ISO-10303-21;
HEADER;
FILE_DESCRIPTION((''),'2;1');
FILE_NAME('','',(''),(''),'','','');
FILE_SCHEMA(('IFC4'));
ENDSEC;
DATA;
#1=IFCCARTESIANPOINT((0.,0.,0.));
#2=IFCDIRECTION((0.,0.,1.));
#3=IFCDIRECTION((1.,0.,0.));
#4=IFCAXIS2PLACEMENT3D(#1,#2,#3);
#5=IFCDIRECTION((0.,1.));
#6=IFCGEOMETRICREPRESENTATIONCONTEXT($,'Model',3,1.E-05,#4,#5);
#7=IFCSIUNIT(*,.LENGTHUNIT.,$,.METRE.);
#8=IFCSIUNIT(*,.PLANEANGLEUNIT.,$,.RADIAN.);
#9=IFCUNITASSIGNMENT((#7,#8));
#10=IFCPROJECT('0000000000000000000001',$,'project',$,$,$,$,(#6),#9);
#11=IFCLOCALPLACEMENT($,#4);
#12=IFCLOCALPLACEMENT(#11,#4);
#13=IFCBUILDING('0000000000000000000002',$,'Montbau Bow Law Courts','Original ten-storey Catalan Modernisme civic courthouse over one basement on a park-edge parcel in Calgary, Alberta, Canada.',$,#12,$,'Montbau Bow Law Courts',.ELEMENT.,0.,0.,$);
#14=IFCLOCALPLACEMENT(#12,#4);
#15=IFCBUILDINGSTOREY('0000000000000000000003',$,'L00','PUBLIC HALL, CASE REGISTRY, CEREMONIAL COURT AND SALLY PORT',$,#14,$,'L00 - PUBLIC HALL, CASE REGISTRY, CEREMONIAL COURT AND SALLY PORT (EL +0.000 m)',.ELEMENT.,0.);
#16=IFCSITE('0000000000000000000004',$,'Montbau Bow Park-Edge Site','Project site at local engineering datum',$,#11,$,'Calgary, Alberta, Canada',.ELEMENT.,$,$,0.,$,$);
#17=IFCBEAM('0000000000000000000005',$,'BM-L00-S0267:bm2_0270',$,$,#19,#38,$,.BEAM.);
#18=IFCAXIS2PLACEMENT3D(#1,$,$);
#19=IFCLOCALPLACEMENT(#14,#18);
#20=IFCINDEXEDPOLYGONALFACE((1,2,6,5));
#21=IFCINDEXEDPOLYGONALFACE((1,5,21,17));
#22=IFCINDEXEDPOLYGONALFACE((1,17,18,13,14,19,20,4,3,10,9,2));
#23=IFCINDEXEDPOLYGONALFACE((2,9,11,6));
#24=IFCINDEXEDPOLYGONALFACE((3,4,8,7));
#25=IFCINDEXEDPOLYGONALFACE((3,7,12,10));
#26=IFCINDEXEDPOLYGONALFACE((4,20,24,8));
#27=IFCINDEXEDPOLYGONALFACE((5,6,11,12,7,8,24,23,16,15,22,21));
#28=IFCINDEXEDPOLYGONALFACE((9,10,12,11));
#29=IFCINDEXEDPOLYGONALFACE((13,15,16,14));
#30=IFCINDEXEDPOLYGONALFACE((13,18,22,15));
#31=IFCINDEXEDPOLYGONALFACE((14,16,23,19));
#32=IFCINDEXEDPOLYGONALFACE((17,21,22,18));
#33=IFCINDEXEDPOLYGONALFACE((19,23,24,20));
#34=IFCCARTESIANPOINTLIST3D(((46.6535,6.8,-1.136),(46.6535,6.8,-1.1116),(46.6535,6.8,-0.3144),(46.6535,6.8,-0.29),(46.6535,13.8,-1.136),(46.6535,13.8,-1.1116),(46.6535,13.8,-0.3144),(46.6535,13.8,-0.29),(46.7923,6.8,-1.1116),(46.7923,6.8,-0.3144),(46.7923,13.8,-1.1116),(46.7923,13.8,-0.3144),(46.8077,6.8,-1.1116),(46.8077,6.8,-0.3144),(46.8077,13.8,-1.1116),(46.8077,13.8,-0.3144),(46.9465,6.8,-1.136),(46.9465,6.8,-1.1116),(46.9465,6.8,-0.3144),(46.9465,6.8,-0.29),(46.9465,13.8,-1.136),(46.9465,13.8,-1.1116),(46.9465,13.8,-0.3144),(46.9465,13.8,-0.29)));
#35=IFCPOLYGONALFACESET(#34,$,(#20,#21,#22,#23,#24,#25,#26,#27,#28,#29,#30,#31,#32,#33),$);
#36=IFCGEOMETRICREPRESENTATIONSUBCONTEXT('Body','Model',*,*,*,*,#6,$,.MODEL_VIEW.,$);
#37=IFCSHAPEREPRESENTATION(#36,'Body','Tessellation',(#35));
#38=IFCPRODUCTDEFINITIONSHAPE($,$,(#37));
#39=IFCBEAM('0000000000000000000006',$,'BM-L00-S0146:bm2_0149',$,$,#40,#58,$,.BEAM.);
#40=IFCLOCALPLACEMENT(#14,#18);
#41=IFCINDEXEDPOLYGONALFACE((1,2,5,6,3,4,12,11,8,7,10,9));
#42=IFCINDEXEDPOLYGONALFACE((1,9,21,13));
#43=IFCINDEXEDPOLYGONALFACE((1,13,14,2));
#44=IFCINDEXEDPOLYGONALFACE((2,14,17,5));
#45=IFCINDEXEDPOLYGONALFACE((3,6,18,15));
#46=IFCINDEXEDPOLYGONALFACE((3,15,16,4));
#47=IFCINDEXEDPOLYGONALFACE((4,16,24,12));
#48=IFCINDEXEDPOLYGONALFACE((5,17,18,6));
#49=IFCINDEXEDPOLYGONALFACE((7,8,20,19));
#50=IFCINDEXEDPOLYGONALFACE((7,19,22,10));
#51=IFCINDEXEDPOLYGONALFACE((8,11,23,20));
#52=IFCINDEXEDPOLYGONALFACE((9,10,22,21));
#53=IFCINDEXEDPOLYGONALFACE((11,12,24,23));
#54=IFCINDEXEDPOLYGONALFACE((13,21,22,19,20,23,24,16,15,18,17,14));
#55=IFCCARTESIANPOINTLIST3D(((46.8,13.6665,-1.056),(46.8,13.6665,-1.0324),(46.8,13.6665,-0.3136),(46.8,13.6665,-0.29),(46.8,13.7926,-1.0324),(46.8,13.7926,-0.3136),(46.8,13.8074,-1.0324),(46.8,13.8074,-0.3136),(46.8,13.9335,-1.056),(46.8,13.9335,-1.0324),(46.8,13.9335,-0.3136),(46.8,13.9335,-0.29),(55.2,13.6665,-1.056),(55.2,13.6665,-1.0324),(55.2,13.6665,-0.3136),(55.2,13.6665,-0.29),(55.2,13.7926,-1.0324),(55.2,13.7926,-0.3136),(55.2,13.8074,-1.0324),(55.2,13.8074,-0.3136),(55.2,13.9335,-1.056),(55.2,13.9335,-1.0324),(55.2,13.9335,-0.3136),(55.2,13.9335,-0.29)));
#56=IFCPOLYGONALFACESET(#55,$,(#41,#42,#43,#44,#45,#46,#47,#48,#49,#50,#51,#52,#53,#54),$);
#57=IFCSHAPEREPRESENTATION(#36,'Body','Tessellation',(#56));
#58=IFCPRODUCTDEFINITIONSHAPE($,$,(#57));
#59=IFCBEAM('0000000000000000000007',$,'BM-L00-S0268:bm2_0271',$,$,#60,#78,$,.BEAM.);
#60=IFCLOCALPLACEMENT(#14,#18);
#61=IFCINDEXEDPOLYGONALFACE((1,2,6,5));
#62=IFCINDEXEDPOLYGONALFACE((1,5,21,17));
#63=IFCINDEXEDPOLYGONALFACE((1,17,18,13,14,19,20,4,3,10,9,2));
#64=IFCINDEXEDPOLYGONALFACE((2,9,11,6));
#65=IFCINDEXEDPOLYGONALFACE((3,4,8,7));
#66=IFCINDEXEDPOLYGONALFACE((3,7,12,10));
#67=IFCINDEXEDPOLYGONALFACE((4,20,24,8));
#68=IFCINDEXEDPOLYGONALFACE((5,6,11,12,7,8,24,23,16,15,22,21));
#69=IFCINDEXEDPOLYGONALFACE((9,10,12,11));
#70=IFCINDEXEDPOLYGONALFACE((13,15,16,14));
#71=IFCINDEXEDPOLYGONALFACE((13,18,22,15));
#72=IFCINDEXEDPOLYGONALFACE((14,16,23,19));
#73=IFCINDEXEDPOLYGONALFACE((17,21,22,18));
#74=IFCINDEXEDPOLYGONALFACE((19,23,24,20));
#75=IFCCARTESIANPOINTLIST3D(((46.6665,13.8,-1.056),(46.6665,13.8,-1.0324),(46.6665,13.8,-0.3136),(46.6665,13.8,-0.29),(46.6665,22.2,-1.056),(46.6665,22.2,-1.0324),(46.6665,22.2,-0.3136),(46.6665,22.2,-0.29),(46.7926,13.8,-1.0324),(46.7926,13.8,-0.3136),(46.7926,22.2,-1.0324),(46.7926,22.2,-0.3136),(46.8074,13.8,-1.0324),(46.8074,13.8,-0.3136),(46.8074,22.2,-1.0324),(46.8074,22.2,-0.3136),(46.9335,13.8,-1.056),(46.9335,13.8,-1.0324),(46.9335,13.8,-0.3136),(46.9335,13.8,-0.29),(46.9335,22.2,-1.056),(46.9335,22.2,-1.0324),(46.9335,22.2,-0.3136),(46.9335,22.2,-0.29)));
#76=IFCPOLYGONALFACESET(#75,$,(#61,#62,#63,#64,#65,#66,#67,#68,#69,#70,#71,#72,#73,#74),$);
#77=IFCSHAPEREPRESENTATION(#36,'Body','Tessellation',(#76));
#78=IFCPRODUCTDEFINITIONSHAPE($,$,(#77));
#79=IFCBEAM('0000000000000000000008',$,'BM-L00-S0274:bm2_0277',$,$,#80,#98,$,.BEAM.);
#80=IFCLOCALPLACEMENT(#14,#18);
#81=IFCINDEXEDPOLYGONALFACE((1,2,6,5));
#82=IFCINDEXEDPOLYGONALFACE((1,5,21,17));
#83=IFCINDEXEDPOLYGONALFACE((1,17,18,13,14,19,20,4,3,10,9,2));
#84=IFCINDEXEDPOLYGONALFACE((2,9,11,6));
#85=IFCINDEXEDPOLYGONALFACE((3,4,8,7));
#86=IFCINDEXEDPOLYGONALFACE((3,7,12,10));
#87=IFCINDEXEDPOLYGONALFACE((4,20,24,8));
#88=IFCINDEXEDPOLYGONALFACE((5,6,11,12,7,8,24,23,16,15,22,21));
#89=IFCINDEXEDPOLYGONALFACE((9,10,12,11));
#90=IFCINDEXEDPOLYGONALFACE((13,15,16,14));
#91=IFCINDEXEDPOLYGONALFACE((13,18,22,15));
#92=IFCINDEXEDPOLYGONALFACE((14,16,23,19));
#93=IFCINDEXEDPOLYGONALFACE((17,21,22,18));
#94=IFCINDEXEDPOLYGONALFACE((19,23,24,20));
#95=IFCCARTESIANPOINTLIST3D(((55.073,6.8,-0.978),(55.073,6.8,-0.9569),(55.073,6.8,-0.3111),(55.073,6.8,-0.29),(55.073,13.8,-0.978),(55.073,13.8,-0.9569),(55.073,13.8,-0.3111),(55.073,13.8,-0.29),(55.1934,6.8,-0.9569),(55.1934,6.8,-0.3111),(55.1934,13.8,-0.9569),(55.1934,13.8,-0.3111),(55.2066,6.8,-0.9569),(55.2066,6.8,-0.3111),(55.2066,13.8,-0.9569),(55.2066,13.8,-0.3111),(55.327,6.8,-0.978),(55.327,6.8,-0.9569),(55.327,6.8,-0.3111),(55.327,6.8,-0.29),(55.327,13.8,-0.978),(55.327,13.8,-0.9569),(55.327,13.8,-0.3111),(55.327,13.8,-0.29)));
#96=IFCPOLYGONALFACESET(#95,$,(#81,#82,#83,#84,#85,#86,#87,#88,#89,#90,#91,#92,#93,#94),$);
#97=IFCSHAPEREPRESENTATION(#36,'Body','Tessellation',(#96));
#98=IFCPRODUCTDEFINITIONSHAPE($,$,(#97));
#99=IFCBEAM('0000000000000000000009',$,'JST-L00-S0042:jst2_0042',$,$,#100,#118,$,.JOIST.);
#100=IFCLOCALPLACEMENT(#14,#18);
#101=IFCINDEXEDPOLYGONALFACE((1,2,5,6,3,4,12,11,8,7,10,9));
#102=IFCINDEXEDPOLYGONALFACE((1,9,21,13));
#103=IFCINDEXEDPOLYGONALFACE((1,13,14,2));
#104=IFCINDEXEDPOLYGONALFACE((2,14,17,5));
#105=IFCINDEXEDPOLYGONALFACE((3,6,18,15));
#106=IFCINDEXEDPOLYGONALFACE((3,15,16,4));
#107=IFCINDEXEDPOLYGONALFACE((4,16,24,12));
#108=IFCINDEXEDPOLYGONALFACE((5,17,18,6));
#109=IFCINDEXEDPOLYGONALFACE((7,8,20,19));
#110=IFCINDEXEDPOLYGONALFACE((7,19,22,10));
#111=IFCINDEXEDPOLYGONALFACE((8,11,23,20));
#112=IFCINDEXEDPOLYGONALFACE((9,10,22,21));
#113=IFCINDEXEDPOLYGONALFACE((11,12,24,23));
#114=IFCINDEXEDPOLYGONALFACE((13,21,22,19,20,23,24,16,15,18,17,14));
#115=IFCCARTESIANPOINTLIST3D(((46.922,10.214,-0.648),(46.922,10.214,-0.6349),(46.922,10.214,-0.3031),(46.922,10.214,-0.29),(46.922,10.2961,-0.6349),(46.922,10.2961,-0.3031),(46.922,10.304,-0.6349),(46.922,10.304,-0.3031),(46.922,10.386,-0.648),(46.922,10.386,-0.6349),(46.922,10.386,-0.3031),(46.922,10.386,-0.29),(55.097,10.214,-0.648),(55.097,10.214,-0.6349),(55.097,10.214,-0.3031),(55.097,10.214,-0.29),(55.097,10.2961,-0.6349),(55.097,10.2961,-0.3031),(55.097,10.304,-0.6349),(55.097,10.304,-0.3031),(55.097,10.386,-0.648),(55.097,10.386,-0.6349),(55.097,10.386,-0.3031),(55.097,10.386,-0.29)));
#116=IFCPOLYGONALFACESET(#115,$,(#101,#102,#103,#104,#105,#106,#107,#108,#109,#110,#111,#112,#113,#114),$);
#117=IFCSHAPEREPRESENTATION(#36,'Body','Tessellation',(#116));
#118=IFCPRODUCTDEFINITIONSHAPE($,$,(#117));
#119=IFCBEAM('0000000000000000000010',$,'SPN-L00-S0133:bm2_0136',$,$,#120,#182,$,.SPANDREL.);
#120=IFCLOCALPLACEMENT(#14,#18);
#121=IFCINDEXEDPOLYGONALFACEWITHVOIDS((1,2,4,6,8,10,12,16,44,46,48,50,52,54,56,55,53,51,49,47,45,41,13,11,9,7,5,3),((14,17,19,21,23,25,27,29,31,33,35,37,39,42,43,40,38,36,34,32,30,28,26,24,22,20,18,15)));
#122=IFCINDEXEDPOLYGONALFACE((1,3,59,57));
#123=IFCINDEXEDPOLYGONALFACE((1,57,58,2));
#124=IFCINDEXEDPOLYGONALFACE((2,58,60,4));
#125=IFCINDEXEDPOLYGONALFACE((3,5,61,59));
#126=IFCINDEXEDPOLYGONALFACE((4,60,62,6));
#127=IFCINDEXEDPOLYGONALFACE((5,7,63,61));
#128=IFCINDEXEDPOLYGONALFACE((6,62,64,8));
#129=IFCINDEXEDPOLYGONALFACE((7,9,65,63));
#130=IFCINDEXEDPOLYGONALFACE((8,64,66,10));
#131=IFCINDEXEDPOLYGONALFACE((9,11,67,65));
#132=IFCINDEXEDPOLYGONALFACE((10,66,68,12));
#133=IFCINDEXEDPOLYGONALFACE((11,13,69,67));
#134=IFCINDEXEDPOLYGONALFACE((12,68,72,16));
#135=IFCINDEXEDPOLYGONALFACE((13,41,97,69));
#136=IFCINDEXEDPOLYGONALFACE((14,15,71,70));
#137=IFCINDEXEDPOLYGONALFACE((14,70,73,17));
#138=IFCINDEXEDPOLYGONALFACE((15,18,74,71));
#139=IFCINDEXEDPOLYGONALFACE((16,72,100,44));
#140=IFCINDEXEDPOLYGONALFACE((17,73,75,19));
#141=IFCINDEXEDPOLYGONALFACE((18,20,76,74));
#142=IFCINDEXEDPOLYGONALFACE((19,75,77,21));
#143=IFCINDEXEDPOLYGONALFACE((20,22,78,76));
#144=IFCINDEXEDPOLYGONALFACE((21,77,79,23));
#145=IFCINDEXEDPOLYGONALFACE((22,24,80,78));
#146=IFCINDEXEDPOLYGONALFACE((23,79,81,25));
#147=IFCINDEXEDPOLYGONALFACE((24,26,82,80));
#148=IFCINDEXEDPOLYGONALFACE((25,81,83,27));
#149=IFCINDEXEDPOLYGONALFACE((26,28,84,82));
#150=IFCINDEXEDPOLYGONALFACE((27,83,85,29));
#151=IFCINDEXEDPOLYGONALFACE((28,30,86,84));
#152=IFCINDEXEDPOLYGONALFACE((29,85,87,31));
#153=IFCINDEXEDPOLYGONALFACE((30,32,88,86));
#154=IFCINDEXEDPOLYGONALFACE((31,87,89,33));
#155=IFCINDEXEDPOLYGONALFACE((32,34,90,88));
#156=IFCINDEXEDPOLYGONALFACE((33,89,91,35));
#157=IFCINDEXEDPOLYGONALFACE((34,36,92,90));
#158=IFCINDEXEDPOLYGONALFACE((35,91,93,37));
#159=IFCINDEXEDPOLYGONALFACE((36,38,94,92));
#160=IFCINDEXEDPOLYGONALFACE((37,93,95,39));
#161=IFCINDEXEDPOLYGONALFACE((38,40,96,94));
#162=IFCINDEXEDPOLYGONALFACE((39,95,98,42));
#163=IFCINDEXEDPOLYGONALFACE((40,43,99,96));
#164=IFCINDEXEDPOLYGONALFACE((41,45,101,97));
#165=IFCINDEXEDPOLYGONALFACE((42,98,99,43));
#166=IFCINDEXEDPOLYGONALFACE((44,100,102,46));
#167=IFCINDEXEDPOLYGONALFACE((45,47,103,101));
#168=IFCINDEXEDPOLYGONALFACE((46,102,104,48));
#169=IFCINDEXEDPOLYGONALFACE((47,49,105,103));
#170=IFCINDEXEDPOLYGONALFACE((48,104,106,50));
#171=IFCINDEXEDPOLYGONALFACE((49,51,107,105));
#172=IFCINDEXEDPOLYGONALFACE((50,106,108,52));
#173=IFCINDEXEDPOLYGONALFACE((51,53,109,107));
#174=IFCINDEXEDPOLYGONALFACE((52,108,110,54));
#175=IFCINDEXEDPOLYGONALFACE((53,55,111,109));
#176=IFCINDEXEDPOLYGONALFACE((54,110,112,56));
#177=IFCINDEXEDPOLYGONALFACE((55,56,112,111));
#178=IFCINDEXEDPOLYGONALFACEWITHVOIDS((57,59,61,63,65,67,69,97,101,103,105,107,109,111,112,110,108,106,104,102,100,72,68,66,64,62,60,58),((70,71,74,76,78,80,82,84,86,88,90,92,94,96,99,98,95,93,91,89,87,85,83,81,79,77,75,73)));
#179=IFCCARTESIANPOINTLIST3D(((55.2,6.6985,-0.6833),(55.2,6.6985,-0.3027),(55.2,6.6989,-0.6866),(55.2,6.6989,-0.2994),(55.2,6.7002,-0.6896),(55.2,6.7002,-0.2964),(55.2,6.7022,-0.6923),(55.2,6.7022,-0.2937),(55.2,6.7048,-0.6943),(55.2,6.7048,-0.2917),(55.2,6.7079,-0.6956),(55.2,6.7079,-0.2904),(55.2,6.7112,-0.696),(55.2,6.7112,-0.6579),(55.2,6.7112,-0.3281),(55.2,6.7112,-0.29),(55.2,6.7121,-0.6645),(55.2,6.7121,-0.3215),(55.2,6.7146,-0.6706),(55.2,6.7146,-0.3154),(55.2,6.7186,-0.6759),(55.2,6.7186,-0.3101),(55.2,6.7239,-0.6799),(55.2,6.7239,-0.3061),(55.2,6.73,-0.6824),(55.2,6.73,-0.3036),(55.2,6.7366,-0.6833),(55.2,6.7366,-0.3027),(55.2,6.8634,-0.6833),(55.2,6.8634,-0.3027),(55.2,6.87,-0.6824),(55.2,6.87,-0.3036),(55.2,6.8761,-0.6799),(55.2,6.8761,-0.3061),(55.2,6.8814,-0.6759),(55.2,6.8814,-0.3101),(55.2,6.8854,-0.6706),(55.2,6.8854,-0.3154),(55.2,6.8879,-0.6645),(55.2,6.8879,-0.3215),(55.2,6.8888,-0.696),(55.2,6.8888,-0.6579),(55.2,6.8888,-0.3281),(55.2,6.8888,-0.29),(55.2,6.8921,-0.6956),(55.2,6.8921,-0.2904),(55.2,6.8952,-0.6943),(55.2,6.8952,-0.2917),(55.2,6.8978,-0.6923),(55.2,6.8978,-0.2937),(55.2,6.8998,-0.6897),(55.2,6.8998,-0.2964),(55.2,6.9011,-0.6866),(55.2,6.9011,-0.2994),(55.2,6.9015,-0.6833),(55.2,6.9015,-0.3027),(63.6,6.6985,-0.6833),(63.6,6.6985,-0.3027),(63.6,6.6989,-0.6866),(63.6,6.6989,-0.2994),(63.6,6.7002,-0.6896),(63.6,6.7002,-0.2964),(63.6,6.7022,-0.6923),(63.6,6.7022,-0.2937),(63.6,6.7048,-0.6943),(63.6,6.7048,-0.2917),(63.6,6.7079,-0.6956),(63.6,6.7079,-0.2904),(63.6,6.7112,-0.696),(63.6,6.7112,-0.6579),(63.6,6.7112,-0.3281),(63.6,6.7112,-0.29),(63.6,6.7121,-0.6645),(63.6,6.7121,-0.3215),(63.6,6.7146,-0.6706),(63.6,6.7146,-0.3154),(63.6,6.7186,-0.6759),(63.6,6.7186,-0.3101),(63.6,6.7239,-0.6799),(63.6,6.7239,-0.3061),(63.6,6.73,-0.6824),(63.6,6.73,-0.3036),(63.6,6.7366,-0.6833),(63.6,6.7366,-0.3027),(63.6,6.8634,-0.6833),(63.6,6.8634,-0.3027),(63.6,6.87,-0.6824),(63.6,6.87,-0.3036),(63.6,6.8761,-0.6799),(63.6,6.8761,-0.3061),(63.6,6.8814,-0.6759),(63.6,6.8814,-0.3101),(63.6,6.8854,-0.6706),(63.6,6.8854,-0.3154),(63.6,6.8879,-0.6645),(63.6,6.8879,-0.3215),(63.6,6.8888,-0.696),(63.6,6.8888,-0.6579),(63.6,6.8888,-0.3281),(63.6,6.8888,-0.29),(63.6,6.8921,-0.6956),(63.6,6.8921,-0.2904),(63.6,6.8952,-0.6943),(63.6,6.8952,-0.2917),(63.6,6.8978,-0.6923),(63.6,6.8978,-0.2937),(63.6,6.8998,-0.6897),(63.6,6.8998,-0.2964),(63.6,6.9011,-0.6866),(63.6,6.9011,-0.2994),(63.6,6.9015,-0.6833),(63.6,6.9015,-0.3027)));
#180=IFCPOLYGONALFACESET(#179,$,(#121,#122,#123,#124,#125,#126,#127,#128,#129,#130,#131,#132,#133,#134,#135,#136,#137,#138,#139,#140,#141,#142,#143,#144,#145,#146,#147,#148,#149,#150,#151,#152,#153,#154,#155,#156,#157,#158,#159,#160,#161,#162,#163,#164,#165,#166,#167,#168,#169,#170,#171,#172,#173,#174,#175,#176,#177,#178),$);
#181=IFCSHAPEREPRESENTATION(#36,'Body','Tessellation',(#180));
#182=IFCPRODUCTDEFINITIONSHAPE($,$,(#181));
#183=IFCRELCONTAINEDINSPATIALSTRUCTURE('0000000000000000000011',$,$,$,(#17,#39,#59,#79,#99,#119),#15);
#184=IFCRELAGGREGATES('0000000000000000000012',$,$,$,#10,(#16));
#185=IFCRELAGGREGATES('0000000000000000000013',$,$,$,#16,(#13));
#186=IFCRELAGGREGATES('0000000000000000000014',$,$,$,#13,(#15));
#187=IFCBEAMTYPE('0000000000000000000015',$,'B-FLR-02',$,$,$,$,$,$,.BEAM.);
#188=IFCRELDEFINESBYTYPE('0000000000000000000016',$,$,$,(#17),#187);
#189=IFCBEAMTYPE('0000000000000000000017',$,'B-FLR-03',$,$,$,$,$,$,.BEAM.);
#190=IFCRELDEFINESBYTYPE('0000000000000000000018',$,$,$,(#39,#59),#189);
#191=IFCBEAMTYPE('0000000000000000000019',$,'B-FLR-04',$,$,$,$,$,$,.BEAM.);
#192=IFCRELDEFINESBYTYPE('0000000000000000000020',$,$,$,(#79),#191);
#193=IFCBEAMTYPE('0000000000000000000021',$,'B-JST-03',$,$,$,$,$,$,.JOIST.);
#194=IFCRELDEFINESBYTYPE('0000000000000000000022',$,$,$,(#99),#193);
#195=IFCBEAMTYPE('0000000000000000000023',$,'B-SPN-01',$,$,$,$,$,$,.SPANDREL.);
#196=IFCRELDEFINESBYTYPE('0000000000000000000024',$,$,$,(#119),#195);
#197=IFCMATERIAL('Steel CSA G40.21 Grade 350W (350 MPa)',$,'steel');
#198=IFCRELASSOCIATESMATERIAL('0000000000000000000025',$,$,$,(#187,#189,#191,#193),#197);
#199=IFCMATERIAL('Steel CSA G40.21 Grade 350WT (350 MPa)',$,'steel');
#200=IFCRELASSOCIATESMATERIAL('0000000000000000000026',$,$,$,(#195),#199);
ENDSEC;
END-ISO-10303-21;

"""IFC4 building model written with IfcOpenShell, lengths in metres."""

from ifc_helpers import new_model, si_unit, direction, frame, origin_with_axes, origin_2d_with_axis, place, context, subcontext, project, spatial, hollow_rectangle, i_section, extrude, material, material_profile, profile_set, type_object, element, save


model = new_model("IFC4")

# Units and contexts
model_context = context("Model", 3, precision=1e-05, world=origin_with_axes(), true_north=direction((0.0, 1.0)))
body_context = subcontext(model_context, "Body", "Model", "MODEL_VIEW")
ifc_project = project(units=[si_unit("LENGTHUNIT", "METRE"), si_unit("PLANEANGLEUNIT", "RADIAN")], contexts=[model_context])

# Site, building, storey
site_placement = place(None, origin_with_axes())
site = spatial("IfcSite", under=ifc_project, at=site_placement, Name="Montbau Bow Park-Edge Site", Description="Project site at local engineering datum", LongName="Calgary, Alberta, Canada", CompositionType="ELEMENT", RefElevation=0.0)
building_placement = place(site_placement, origin_with_axes())
building = spatial("IfcBuilding", under=site, at=building_placement, Name="Montbau Bow Law Courts", Description="Original ten-storey Catalan Modernisme civic courthouse over one basement on a park-edge parcel in Calgary, Alberta, Canada.", LongName="Montbau Bow Law Courts", CompositionType="ELEMENT", ElevationOfRefHeight=0.0, ElevationOfTerrain=0.0)
storey_placement = place(building_placement, origin_with_axes())
storey = spatial("IfcBuildingStorey", under=building, at=storey_placement, Name="L00", Description="PUBLIC HALL, CASE REGISTRY, CEREMONIAL COURT AND SALLY PORT", LongName="L00 - PUBLIC HALL, CASE REGISTRY, CEREMONIAL COURT AND SALLY PORT (EL +0.000 m)", CompositionType="ELEMENT", Elevation=0.0)

# Beams
ifc_material_1 = material(Name="Steel CSA G40.21 Grade 350W (350 MPa)", Category="steel")
ifc_material_profile_1 = material_profile(ifc_material_1, i_section(OverallWidth=0.293, OverallDepth=0.846, WebThickness=0.0154, FlangeThickness=0.0244, at=origin_2d_with_axis()), Name="W840X210", Category="Main", Priority=0)
ifc_profile_set_1 = profile_set([ifc_material_profile_1], Name="Steel CSA G40.21 Grade 350W (350 MPa)")
beam_type_1 = type_object("IfcBeamType", Name="B-FLR-02", PredefinedType="BEAM", material=ifc_profile_set_1)
beam_1_placement = place(None, frame((46.8, 6.8, -0.713), z_axis=(0.0, 1.0, 0.0), x_axis=(-1.0, 0.0, 0.0)))
element("IfcBeam", 1, at=beam_1_placement, inside=storey, type_object=beam_type_1, Name="BM-L00-S0267:bm2_0270", PredefinedType="BEAM", context=body_context, shape_type="SweptSolid", body=[
    extrude(i_section(OverallWidth=0.293, OverallDepth=0.846, WebThickness=0.0154, FlangeThickness=0.0244, at=origin_2d_with_axis()), origin_with_axes(), (0.0, 0.0, 1.0), 7.0),
])
ifc_material_profile_2 = material_profile(ifc_material_1, i_section(OverallWidth=0.267, OverallDepth=0.766, WebThickness=0.0149, FlangeThickness=0.0236, at=origin_2d_with_axis()), Name="W760X185", Category="Main", Priority=0)
ifc_profile_set_2 = profile_set([ifc_material_profile_2], Name="Steel CSA G40.21 Grade 350W (350 MPa)")
beam_type_2 = type_object("IfcBeamType", Name="B-FLR-03", PredefinedType="BEAM", material=ifc_profile_set_2)
for number, where, z_axis, x_axis, name in (
    (2, (46.8, 13.8, -0.673), (1.0, 0.0, 0.0), (0.0, 1.0, 0.0), "BM-L00-S0146:bm2_0149"),
    (3, (46.8, 13.8, -0.673), (0.0, 1.0, 0.0), (-1.0, 0.0, 0.0), "BM-L00-S0268:bm2_0271"),
):
    element("IfcBeam", number, at=place(None, frame(where, z_axis=z_axis, x_axis=x_axis)), inside=storey, type_object=beam_type_2, Name=name, PredefinedType="BEAM", context=body_context, shape_type="SweptSolid", body=[
        extrude(i_section(OverallWidth=0.267, OverallDepth=0.766, WebThickness=0.0149, FlangeThickness=0.0236, at=origin_2d_with_axis()), origin_with_axes(), (0.0, 0.0, 1.0), 8.4),
    ])
ifc_material_profile_3 = material_profile(ifc_material_1, i_section(OverallWidth=0.254, OverallDepth=0.688, WebThickness=0.0131, FlangeThickness=0.0211, at=origin_2d_with_axis()), Name="W690X152", Category="Main", Priority=0)
ifc_profile_set_3 = profile_set([ifc_material_profile_3], Name="Steel CSA G40.21 Grade 350W (350 MPa)")
beam_type_3 = type_object("IfcBeamType", Name="B-FLR-04", PredefinedType="BEAM", material=ifc_profile_set_3)
beam_2_placement = place(None, frame((55.2, 6.8, -0.634), z_axis=(0.0, 1.0, 0.0), x_axis=(-1.0, 0.0, 0.0)))
element("IfcBeam", 4, at=beam_2_placement, inside=storey, type_object=beam_type_3, Name="BM-L00-S0274:bm2_0277", PredefinedType="BEAM", context=body_context, shape_type="SweptSolid", body=[
    extrude(i_section(OverallWidth=0.254, OverallDepth=0.688, WebThickness=0.0131, FlangeThickness=0.0211, at=origin_2d_with_axis()), origin_with_axes(), (0.0, 0.0, 1.0), 7.0),
])
ifc_material_profile_4 = material_profile(ifc_material_1, i_section(OverallWidth=0.172, OverallDepth=0.358, WebThickness=0.0079, FlangeThickness=0.0131, at=origin_2d_with_axis()), Name="W360X57", Category="Main", Priority=0)
ifc_profile_set_4 = profile_set([ifc_material_profile_4], Name="Steel CSA G40.21 Grade 350W (350 MPa)")
beam_type_4 = type_object("IfcBeamType", Name="B-JST-03", PredefinedType="JOIST", material=ifc_profile_set_4)
beam_3_placement = place(None, frame((46.922, 10.3, -0.469), z_axis=(1.0, 0.0, 0.0), x_axis=(0.0, 1.0, 0.0)))
element("IfcBeam", 5, at=beam_3_placement, inside=storey, type_object=beam_type_4, Name="JST-L00-S0042:jst2_0042", PredefinedType="JOIST", context=body_context, shape_type="SweptSolid", body=[
    extrude(i_section(OverallWidth=0.172, OverallDepth=0.358, WebThickness=0.0079, FlangeThickness=0.0131, at=origin_2d_with_axis()), origin_with_axes(), (0.0, 0.0, 1.0), 8.175),
])
ifc_material_2 = material(Name="Steel CSA G40.21 Grade 350WT (350 MPa)", Category="steel")
ifc_material_profile_5 = material_profile(ifc_material_2, hollow_rectangle(XDim=0.203, YDim=0.406, WallThickness=0.0127, InnerFilletRadius=0.0254, OuterFilletRadius=0.0127, at=origin_2d_with_axis()), Name="HSS406X203X13", Category="Main", Priority=0)
ifc_profile_set_5 = profile_set([ifc_material_profile_5], Name="Steel CSA G40.21 Grade 350WT (350 MPa)")
beam_type_5 = type_object("IfcBeamType", Name="B-SPN-01", PredefinedType="SPANDREL", material=ifc_profile_set_5)
beam_4_placement = place(None, frame((55.2, 6.8, -0.493), z_axis=(1.0, 0.0, 0.0), x_axis=(0.0, 1.0, 0.0)))
element("IfcBeam", 6, at=beam_4_placement, inside=storey, type_object=beam_type_5, Name="SPN-L00-S0133:bm2_0136", PredefinedType="SPANDREL", context=body_context, shape_type="SweptSolid", body=[
    extrude(hollow_rectangle(XDim=0.203, YDim=0.406, WallThickness=0.0127, InnerFilletRadius=0.0254, OuterFilletRadius=0.0127, at=origin_2d_with_axis()), origin_with_axes(), (0.0, 0.0, 1.0), 8.4),
])

save(model, "model.ifc")
